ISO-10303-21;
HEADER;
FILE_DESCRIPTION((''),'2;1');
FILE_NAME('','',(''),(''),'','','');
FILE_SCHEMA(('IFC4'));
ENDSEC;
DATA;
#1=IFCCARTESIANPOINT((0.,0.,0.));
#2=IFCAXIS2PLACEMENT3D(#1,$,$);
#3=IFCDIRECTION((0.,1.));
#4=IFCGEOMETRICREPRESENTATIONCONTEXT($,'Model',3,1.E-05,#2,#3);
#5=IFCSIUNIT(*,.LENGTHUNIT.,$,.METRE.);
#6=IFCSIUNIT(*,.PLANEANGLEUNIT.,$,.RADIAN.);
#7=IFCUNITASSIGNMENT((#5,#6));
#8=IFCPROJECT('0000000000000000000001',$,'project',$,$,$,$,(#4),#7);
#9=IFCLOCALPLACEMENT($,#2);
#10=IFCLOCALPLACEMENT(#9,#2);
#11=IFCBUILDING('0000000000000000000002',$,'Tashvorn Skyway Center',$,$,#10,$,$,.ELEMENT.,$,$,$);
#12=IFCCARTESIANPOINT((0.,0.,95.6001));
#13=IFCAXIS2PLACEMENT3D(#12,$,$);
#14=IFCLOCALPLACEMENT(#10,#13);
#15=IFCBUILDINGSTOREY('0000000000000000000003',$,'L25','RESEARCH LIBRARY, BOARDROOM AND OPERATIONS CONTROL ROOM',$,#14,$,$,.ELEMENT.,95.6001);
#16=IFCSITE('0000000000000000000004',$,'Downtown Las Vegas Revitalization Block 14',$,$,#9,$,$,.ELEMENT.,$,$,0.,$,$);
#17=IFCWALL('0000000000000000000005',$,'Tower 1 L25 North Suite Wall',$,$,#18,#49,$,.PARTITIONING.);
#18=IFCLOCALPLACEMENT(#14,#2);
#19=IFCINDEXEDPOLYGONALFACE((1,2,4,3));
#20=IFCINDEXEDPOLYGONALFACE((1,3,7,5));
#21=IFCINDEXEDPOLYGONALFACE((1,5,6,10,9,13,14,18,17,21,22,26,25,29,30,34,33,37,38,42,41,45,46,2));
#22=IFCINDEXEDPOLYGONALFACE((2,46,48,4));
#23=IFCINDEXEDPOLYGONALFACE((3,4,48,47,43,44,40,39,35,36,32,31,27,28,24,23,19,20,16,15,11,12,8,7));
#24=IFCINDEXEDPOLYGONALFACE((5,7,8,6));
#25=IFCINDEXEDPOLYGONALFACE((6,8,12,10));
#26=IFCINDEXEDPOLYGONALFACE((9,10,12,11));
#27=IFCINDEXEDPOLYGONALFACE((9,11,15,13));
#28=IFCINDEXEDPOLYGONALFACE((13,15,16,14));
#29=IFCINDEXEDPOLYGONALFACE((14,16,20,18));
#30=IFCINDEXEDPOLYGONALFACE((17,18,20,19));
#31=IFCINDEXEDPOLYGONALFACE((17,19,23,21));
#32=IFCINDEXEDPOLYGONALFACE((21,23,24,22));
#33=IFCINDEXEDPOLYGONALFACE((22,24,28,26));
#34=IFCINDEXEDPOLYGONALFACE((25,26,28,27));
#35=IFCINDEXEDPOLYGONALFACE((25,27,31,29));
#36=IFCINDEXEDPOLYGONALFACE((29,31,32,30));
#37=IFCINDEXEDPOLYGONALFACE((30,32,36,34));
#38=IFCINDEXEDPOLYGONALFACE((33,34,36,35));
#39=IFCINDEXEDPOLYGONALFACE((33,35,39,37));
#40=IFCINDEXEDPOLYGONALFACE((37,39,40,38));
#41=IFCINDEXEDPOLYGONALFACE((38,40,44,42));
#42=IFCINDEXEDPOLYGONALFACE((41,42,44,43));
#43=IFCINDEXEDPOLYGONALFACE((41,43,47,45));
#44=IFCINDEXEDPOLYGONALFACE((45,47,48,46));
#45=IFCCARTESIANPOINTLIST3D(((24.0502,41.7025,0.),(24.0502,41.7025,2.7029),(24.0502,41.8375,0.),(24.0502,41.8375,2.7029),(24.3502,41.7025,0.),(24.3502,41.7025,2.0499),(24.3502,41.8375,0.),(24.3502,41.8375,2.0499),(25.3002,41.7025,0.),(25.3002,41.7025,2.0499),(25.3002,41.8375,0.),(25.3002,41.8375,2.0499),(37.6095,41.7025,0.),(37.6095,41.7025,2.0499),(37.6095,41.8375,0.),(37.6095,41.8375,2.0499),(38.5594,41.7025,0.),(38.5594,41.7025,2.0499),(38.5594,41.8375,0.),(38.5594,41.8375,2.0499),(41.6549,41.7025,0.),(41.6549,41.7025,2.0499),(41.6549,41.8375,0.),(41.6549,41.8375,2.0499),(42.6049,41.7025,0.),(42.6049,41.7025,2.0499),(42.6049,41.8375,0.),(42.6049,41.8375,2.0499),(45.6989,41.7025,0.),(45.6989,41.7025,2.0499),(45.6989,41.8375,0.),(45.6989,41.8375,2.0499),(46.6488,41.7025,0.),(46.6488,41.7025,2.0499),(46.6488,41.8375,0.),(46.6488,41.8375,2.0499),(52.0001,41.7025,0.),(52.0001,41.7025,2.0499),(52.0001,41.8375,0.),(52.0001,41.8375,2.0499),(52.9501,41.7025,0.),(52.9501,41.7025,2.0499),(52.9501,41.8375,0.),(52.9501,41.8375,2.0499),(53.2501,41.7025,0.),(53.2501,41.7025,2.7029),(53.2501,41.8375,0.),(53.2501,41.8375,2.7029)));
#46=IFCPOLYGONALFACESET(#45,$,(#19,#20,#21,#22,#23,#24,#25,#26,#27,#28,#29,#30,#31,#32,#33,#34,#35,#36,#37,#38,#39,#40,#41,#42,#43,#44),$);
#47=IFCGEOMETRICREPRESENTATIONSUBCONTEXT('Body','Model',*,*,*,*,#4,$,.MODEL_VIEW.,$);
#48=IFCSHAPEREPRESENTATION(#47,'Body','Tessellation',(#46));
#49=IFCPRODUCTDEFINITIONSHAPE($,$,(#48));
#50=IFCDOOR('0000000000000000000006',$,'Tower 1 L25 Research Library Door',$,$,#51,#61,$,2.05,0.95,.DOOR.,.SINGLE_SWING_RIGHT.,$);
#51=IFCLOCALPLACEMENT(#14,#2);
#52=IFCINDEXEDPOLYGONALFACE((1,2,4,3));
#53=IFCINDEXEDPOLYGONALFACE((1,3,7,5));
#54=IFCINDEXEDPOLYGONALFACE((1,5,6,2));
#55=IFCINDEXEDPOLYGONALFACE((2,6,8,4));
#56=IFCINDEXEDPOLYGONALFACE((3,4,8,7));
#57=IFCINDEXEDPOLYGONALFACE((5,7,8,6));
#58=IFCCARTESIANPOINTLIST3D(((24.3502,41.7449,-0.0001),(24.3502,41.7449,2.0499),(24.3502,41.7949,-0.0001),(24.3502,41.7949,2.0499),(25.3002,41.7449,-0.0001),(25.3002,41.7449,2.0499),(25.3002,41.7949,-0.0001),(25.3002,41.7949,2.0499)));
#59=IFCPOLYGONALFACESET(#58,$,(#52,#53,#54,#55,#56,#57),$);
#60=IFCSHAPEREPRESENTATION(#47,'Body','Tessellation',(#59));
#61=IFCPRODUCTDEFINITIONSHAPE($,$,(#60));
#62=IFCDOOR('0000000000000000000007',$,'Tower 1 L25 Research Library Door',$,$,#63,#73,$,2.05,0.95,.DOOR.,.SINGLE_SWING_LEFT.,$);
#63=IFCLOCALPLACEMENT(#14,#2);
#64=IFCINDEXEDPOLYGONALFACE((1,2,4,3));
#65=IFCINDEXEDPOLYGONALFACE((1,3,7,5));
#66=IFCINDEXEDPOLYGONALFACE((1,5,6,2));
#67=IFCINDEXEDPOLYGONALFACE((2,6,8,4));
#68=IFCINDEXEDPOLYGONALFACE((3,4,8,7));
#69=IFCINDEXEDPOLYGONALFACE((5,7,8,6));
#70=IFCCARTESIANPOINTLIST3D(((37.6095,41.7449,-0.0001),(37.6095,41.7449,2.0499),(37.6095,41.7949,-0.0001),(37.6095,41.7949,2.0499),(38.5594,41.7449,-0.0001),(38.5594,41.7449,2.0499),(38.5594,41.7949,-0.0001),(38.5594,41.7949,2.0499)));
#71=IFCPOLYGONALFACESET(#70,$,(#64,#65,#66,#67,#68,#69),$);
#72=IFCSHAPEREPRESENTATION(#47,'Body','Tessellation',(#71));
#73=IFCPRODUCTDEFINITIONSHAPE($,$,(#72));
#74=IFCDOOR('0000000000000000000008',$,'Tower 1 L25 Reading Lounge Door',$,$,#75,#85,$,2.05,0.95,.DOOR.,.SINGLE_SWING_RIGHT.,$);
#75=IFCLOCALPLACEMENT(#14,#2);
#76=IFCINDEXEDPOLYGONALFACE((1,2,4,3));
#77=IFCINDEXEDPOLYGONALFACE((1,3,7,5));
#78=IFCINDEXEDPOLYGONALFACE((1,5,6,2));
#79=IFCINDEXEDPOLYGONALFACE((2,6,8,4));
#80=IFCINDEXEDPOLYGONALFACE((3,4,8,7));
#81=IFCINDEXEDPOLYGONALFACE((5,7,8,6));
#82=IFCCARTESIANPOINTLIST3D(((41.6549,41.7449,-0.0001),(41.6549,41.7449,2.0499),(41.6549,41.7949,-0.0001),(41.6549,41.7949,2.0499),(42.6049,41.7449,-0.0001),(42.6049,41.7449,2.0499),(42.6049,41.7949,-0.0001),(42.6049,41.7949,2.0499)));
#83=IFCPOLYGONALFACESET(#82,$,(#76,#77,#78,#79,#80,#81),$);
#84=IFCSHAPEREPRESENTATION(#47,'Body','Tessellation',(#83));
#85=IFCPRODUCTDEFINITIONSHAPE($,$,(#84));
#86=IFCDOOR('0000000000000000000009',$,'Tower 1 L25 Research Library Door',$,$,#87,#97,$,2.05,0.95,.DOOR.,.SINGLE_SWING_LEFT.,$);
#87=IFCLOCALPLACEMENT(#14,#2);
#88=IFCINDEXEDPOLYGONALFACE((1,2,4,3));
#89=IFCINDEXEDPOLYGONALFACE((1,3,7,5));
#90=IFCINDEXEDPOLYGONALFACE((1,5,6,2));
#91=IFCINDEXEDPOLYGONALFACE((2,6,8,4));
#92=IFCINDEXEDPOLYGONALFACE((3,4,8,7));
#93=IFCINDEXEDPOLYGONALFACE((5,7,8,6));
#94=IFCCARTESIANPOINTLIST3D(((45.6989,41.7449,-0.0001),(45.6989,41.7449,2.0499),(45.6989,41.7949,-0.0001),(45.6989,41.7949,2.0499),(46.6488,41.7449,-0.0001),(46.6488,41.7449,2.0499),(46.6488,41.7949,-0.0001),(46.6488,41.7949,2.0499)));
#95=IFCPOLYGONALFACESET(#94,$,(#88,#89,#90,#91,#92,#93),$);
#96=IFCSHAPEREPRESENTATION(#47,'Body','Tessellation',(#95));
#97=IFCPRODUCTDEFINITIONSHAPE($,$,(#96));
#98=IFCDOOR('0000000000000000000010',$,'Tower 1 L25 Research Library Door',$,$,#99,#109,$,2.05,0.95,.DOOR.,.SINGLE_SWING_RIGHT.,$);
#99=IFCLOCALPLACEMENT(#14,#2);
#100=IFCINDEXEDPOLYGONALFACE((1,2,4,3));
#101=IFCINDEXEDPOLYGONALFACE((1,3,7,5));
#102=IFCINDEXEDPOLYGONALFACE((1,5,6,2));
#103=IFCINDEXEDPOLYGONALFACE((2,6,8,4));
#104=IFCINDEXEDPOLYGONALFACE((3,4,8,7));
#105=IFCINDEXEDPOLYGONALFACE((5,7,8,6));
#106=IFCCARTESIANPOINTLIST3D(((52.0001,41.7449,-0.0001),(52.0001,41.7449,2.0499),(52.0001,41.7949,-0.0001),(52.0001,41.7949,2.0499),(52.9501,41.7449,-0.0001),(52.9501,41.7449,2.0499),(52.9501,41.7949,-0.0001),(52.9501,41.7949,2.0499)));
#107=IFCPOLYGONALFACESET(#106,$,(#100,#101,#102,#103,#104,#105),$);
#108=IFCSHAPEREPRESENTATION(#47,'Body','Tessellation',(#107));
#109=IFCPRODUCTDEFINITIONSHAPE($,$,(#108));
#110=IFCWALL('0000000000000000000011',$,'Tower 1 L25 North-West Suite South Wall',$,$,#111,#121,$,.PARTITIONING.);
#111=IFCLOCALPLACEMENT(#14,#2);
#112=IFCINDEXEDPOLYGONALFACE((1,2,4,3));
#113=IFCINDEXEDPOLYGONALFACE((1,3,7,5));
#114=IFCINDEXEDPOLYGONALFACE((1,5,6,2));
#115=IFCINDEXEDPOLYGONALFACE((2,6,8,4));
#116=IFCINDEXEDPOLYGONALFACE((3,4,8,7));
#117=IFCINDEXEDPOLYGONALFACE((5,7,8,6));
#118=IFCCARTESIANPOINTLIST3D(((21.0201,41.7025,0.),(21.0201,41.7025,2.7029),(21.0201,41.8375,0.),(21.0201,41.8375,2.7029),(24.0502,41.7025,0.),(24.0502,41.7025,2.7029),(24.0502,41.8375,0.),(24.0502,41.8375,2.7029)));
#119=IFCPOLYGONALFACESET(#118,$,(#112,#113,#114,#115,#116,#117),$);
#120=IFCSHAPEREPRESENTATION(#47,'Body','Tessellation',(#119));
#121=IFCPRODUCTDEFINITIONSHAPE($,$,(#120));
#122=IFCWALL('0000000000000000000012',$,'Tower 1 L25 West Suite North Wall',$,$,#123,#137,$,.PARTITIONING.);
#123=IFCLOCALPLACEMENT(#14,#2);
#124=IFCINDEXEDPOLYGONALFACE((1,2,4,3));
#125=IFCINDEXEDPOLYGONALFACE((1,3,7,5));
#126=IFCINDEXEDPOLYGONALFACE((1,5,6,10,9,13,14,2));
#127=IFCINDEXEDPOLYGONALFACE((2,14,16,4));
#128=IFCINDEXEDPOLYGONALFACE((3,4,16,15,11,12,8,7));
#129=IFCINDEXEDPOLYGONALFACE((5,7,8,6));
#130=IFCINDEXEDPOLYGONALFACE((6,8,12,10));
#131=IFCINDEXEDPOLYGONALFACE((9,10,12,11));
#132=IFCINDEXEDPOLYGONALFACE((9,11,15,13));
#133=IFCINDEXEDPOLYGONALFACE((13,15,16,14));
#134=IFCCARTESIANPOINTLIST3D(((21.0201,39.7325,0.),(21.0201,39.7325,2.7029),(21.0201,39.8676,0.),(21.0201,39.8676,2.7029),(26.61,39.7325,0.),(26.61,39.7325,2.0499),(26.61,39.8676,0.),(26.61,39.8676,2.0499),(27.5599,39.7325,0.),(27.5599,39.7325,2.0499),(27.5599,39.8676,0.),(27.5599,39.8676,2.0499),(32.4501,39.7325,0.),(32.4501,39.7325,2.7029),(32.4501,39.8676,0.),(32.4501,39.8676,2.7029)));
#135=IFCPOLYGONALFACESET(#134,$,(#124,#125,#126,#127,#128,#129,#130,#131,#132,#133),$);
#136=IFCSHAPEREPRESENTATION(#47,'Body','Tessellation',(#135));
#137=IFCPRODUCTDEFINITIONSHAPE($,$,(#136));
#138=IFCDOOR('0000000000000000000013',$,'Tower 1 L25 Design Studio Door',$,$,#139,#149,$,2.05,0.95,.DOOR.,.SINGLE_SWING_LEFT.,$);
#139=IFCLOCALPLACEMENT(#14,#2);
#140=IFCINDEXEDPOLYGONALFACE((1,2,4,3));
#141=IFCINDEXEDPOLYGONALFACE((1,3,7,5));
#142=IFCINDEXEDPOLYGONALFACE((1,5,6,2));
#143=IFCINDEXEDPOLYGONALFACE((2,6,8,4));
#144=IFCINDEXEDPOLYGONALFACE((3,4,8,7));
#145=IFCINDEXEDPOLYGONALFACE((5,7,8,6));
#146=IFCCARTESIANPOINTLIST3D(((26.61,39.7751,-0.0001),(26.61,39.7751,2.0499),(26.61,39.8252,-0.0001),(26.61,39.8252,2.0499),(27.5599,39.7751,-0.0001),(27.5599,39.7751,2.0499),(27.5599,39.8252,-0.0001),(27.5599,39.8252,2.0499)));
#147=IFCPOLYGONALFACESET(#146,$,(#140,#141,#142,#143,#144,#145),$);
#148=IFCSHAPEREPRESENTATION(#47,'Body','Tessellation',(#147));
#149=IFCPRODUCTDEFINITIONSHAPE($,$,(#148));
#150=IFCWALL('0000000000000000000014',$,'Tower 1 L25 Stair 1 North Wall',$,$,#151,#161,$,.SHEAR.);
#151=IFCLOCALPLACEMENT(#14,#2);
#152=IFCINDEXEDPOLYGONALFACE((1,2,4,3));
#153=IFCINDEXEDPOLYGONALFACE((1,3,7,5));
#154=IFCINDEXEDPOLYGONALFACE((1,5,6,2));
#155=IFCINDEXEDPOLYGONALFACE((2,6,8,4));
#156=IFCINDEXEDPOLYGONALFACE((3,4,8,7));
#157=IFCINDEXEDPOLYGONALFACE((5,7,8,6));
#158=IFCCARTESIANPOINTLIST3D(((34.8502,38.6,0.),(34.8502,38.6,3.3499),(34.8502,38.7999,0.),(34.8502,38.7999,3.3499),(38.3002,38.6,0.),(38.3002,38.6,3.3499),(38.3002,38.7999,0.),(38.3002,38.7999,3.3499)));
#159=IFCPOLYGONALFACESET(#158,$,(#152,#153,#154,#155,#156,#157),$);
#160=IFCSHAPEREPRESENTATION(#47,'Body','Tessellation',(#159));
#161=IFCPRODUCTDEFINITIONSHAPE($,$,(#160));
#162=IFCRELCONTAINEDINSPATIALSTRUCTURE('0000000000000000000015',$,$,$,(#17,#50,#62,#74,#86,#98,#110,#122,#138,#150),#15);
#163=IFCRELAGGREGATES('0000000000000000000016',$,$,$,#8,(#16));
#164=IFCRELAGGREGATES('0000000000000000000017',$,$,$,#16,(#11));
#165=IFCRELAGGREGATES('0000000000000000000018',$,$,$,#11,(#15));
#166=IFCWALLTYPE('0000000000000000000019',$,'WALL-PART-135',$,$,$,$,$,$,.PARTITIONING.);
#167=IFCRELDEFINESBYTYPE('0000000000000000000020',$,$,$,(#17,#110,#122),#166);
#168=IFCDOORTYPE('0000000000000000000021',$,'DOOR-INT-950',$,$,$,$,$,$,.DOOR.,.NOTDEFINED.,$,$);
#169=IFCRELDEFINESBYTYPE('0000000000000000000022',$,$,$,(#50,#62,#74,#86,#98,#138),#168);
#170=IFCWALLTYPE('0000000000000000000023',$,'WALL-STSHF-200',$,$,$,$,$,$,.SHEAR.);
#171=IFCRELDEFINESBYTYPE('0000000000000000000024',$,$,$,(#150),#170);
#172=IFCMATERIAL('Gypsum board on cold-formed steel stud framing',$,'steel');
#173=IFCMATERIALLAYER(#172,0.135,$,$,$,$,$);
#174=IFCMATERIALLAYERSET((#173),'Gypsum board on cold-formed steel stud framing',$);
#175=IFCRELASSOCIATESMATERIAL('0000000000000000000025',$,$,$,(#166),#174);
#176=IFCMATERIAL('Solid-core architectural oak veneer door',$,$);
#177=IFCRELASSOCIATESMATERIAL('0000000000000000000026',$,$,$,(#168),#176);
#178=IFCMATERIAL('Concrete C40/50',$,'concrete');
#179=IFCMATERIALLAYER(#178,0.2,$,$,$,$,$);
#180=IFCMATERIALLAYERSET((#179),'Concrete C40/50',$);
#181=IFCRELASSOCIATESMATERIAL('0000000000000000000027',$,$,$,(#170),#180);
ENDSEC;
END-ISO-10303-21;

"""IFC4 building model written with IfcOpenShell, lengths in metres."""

from ifc_helpers import new_model, si_unit, direction, frame, frame_2d, origin, place, context, subcontext, project, spatial, rectangle, extrude, material, layer, layer_set, type_object, element, fill, save


model = new_model("IFC4")

# Units and contexts
model_context = context("Model", 3, precision=1e-05, world=origin(), true_north=direction((0.0, 1.0)))
body_context = subcontext(model_context, "Body", "Model", "MODEL_VIEW")
ifc_project = project(units=[si_unit("LENGTHUNIT", "METRE"), si_unit("PLANEANGLEUNIT", "RADIAN")], contexts=[model_context])

# Site, building, storey
site_placement = place(None, origin())
site = spatial("IfcSite", under=ifc_project, at=site_placement, Name="Downtown Las Vegas Revitalization Block 14", CompositionType="ELEMENT", RefElevation=0.0)
building_placement = place(site_placement, origin())
building = spatial("IfcBuilding", under=site, at=building_placement, Name="Tashvorn Skyway Center", CompositionType="ELEMENT")
storey_placement = place(building_placement, frame((0.0, 0.0, 95.6001)))
storey = spatial("IfcBuildingStorey", under=building, at=storey_placement, Name="L25", Description="RESEARCH LIBRARY, BOARDROOM AND OPERATIONS CONTROL ROOM", CompositionType="ELEMENT", Elevation=95.6001)

# Shared definitions
ifc_material_1 = material(Name="Gypsum board on cold-formed steel stud framing", Category="steel")

# Wall, openings, doors
ifc_layer_1 = layer(ifc_material_1, 0.135)
ifc_layer_set_1 = layer_set([ifc_layer_1], Name="Gypsum board on cold-formed steel stud framing")
wall_type_1 = type_object("IfcWallType", Name="WALL-PART-135", PredefinedType="PARTITIONING", material=ifc_layer_set_1)
wall_1_placement = place(storey_placement, frame((24.05, 41.77, 0.0), z_axis=(0.0, 0.0, 1.0), x_axis=(1.0, 0.0, 0.0)))
wall_1 = element("IfcWall", 1, at=wall_1_placement, inside=storey, type_object=wall_type_1, Name="Tower 1 L25 North Suite Wall", PredefinedType="PARTITIONING", context=body_context, shape_type="SweptSolid", body=[
    extrude(rectangle(XDim=29.2, YDim=0.135, at=frame_2d((14.6001, 0.0))), origin(), (0.0, 0.0, 1.0), 2.7029),
])
opening_1_placement = place(wall_1_placement, frame((0.3, 0.0, 0.0)))
opening_1 = element("IfcOpeningElement", 2, at=opening_1_placement, cuts=wall_1, PredefinedType="OPENING", context=body_context, shape_type="SweptSolid", body=[
    extrude(rectangle(XDim=0.95, YDim=2.05, at=frame_2d((0.4751, 1.0249))), frame((0.0, 0.0774, 0.0), z_axis=(0.0, -1.0, 0.0), x_axis=(1.0, 0.0, 0.0)), (0.0, 0.0, 1.0), 0.155),
])
opening_2_placement = place(wall_1_placement, frame((13.5593, 0.0, 0.0)))
opening_2 = element("IfcOpeningElement", 3, at=opening_2_placement, cuts=wall_1, PredefinedType="OPENING", context=body_context, shape_type="SweptSolid", body=[
    extrude(rectangle(XDim=0.95, YDim=2.05, at=frame_2d((0.4751, 1.0249))), frame((0.0, 0.0774, 0.0), z_axis=(0.0, -1.0, 0.0), x_axis=(1.0, 0.0, 0.0)), (0.0, 0.0, 1.0), 0.155),
])
opening_3_placement = place(wall_1_placement, frame((17.6047, 0.0, 0.0)))
opening_3 = element("IfcOpeningElement", 4, at=opening_3_placement, cuts=wall_1, PredefinedType="OPENING", context=body_context, shape_type="SweptSolid", body=[
    extrude(rectangle(XDim=0.95, YDim=2.05, at=frame_2d((0.4751, 1.0249))), frame((0.0, 0.0774, 0.0), z_axis=(0.0, -1.0, 0.0), x_axis=(1.0, 0.0, 0.0)), (0.0, 0.0, 1.0), 0.155),
])
opening_4_placement = place(wall_1_placement, frame((21.6487, 0.0, 0.0)))
opening_4 = element("IfcOpeningElement", 5, at=opening_4_placement, cuts=wall_1, PredefinedType="OPENING", context=body_context, shape_type="SweptSolid", body=[
    extrude(rectangle(XDim=0.95, YDim=2.05, at=frame_2d((0.4751, 1.0249))), frame((0.0, 0.0774, 0.0), z_axis=(0.0, -1.0, 0.0), x_axis=(1.0, 0.0, 0.0)), (0.0, 0.0, 1.0), 0.155),
])
opening_5_placement = place(wall_1_placement, frame((27.95, 0.0, 0.0)))
opening_5 = element("IfcOpeningElement", 6, at=opening_5_placement, cuts=wall_1, PredefinedType="OPENING", context=body_context, shape_type="SweptSolid", body=[
    extrude(rectangle(XDim=0.95, YDim=2.05, at=frame_2d((0.4751, 1.0249))), frame((0.0, 0.0774, 0.0), z_axis=(0.0, -1.0, 0.0), x_axis=(1.0, 0.0, 0.0)), (0.0, 0.0, 1.0), 0.155),
])
ifc_material_2 = material(Name="Solid-core architectural oak veneer door")
door_type_1 = type_object("IfcDoorType", Name="DOOR-INT-950", OperationType="NOTDEFINED", PredefinedType="DOOR", material=ifc_material_2)
door_1_placement = place(opening_1_placement, origin())
door_1 = element("IfcDoor", 7, at=door_1_placement, inside=storey, type_object=door_type_1, Name="Tower 1 L25 Research Library Door", OperationType="SINGLE_SWING_RIGHT", OverallHeight=2.05, OverallWidth=0.95, PredefinedType="DOOR", context=body_context, shape_type="SweptSolid", body=[
    extrude(rectangle(XDim=0.95, YDim=2.05, at=frame_2d((0.4751, 1.0249))), frame((0.0, 0.0249, 0.0), z_axis=(0.0, -1.0, 0.0), x_axis=(1.0, 0.0, 0.0)), (0.0, 0.0, 1.0), 0.05),
])
fill(opening_1, door_1)
door_2_placement = place(opening_2_placement, origin())
door_2 = element("IfcDoor", 8, at=door_2_placement, inside=storey, type_object=door_type_1, Name="Tower 1 L25 Research Library Door", OperationType="SINGLE_SWING_LEFT", OverallHeight=2.05, OverallWidth=0.95, PredefinedType="DOOR", context=body_context, shape_type="SweptSolid", body=[
    extrude(rectangle(XDim=0.95, YDim=2.05, at=frame_2d((0.4751, 1.0249))), frame((0.0, 0.0249, 0.0), z_axis=(0.0, -1.0, 0.0), x_axis=(1.0, 0.0, 0.0)), (0.0, 0.0, 1.0), 0.05),
])
fill(opening_2, door_2)
door_3_placement = place(opening_3_placement, origin())
door_3 = element("IfcDoor", 9, at=door_3_placement, inside=storey, type_object=door_type_1, Name="Tower 1 L25 Reading Lounge Door", OperationType="SINGLE_SWING_RIGHT", OverallHeight=2.05, OverallWidth=0.95, PredefinedType="DOOR", context=body_context, shape_type="SweptSolid", body=[
    extrude(rectangle(XDim=0.95, YDim=2.05, at=frame_2d((0.4751, 1.0249))), frame((0.0, 0.0249, 0.0), z_axis=(0.0, -1.0, 0.0), x_axis=(1.0, 0.0, 0.0)), (0.0, 0.0, 1.0), 0.05),
])
fill(opening_3, door_3)
door_4_placement = place(opening_4_placement, origin())
door_4 = element("IfcDoor", 10, at=door_4_placement, inside=storey, type_object=door_type_1, Name="Tower 1 L25 Research Library Door", OperationType="SINGLE_SWING_LEFT", OverallHeight=2.05, OverallWidth=0.95, PredefinedType="DOOR", context=body_context, shape_type="SweptSolid", body=[
    extrude(rectangle(XDim=0.95, YDim=2.05, at=frame_2d((0.4751, 1.0249))), frame((0.0, 0.0249, 0.0), z_axis=(0.0, -1.0, 0.0), x_axis=(1.0, 0.0, 0.0)), (0.0, 0.0, 1.0), 0.05),
])
fill(opening_4, door_4)
door_5_placement = place(opening_5_placement, origin())
door_5 = element("IfcDoor", 11, at=door_5_placement, inside=storey, type_object=door_type_1, Name="Tower 1 L25 Research Library Door", OperationType="SINGLE_SWING_RIGHT", OverallHeight=2.05, OverallWidth=0.95, PredefinedType="DOOR", context=body_context, shape_type="SweptSolid", body=[
    extrude(rectangle(XDim=0.95, YDim=2.05, at=frame_2d((0.4751, 1.0249))), frame((0.0, 0.0249, 0.0), z_axis=(0.0, -1.0, 0.0), x_axis=(1.0, 0.0, 0.0)), (0.0, 0.0, 1.0), 0.05),
])
fill(opening_5, door_5)

# Wall
wall_2_placement = place(storey_placement, frame((21.02, 41.77, 0.0), z_axis=(0.0, 0.0, 1.0), x_axis=(1.0, 0.0, 0.0)))
element("IfcWall", 12, at=wall_2_placement, inside=storey, type_object=wall_type_1, Name="Tower 1 L25 North-West Suite South Wall", PredefinedType="PARTITIONING", context=body_context, shape_type="SweptSolid", body=[
    extrude(rectangle(XDim=3.03, YDim=0.135, at=frame_2d((1.5151, 0.0))), origin(), (0.0, 0.0, 1.0), 2.7029),
])

# Wall, opening, door
wall_3_placement = place(storey_placement, frame((32.45, 39.8, 0.0), z_axis=(0.0, 0.0, 1.0), x_axis=(-1.0, 0.0, 0.0)))
wall_3 = element("IfcWall", 13, at=wall_3_placement, inside=storey, type_object=wall_type_1, Name="Tower 1 L25 West Suite North Wall", PredefinedType="PARTITIONING", context=body_context, shape_type="SweptSolid", body=[
    extrude(rectangle(XDim=11.4299, YDim=0.135, at=frame_2d((5.7148, 0.0))), origin(), (0.0, 0.0, 1.0), 2.7029),
])
opening_6_placement = place(wall_3_placement, frame((4.8899, 0.0, 0.0)))
opening_6 = element("IfcOpeningElement", 14, at=opening_6_placement, cuts=wall_3, PredefinedType="OPENING", context=body_context, shape_type="SweptSolid", body=[
    extrude(rectangle(XDim=0.95, YDim=2.05, at=frame_2d((0.4751, 1.0249))), frame((0.0, 0.0774, 0.0), z_axis=(0.0, -1.0, 0.0), x_axis=(1.0, 0.0, 0.0)), (0.0, 0.0, 1.0), 0.155),
])
door_6_placement = place(opening_6_placement, origin())
door_6 = element("IfcDoor", 15, at=door_6_placement, inside=storey, type_object=door_type_1, Name="Tower 1 L25 Design Studio Door", OperationType="SINGLE_SWING_LEFT", OverallHeight=2.05, OverallWidth=0.95, PredefinedType="DOOR", context=body_context, shape_type="SweptSolid", body=[
    extrude(rectangle(XDim=0.95, YDim=2.05, at=frame_2d((0.4751, 1.0249))), frame((0.0, 0.0249, 0.0), z_axis=(0.0, -1.0, 0.0), x_axis=(1.0, 0.0, 0.0)), (0.0, 0.0, 1.0), 0.05),
])
fill(opening_6, door_6)

# Wall
ifc_material_3 = material(Name="Concrete C40/50", Category="concrete")
ifc_layer_2 = layer(ifc_material_3, 0.2)
ifc_layer_set_2 = layer_set([ifc_layer_2], Name="Concrete C40/50")
wall_type_2 = type_object("IfcWallType", Name="WALL-STSHF-200", PredefinedType="SHEAR", material=ifc_layer_set_2)
wall_4_placement = place(storey_placement, frame((34.8501, 38.7, 0.0), z_axis=(0.0, 0.0, 1.0), x_axis=(1.0, 0.0, 0.0)))
element("IfcWall", 16, at=wall_4_placement, inside=storey, type_object=wall_type_2, Name="Tower 1 L25 Stair 1 North Wall", PredefinedType="SHEAR", context=body_context, shape_type="SweptSolid", body=[
    extrude(rectangle(XDim=3.45, YDim=0.2, at=frame_2d((1.7251, 0.0))), origin(), (0.0, 0.0, 1.0), 3.3499),
])

save(model, "model.ifc")
